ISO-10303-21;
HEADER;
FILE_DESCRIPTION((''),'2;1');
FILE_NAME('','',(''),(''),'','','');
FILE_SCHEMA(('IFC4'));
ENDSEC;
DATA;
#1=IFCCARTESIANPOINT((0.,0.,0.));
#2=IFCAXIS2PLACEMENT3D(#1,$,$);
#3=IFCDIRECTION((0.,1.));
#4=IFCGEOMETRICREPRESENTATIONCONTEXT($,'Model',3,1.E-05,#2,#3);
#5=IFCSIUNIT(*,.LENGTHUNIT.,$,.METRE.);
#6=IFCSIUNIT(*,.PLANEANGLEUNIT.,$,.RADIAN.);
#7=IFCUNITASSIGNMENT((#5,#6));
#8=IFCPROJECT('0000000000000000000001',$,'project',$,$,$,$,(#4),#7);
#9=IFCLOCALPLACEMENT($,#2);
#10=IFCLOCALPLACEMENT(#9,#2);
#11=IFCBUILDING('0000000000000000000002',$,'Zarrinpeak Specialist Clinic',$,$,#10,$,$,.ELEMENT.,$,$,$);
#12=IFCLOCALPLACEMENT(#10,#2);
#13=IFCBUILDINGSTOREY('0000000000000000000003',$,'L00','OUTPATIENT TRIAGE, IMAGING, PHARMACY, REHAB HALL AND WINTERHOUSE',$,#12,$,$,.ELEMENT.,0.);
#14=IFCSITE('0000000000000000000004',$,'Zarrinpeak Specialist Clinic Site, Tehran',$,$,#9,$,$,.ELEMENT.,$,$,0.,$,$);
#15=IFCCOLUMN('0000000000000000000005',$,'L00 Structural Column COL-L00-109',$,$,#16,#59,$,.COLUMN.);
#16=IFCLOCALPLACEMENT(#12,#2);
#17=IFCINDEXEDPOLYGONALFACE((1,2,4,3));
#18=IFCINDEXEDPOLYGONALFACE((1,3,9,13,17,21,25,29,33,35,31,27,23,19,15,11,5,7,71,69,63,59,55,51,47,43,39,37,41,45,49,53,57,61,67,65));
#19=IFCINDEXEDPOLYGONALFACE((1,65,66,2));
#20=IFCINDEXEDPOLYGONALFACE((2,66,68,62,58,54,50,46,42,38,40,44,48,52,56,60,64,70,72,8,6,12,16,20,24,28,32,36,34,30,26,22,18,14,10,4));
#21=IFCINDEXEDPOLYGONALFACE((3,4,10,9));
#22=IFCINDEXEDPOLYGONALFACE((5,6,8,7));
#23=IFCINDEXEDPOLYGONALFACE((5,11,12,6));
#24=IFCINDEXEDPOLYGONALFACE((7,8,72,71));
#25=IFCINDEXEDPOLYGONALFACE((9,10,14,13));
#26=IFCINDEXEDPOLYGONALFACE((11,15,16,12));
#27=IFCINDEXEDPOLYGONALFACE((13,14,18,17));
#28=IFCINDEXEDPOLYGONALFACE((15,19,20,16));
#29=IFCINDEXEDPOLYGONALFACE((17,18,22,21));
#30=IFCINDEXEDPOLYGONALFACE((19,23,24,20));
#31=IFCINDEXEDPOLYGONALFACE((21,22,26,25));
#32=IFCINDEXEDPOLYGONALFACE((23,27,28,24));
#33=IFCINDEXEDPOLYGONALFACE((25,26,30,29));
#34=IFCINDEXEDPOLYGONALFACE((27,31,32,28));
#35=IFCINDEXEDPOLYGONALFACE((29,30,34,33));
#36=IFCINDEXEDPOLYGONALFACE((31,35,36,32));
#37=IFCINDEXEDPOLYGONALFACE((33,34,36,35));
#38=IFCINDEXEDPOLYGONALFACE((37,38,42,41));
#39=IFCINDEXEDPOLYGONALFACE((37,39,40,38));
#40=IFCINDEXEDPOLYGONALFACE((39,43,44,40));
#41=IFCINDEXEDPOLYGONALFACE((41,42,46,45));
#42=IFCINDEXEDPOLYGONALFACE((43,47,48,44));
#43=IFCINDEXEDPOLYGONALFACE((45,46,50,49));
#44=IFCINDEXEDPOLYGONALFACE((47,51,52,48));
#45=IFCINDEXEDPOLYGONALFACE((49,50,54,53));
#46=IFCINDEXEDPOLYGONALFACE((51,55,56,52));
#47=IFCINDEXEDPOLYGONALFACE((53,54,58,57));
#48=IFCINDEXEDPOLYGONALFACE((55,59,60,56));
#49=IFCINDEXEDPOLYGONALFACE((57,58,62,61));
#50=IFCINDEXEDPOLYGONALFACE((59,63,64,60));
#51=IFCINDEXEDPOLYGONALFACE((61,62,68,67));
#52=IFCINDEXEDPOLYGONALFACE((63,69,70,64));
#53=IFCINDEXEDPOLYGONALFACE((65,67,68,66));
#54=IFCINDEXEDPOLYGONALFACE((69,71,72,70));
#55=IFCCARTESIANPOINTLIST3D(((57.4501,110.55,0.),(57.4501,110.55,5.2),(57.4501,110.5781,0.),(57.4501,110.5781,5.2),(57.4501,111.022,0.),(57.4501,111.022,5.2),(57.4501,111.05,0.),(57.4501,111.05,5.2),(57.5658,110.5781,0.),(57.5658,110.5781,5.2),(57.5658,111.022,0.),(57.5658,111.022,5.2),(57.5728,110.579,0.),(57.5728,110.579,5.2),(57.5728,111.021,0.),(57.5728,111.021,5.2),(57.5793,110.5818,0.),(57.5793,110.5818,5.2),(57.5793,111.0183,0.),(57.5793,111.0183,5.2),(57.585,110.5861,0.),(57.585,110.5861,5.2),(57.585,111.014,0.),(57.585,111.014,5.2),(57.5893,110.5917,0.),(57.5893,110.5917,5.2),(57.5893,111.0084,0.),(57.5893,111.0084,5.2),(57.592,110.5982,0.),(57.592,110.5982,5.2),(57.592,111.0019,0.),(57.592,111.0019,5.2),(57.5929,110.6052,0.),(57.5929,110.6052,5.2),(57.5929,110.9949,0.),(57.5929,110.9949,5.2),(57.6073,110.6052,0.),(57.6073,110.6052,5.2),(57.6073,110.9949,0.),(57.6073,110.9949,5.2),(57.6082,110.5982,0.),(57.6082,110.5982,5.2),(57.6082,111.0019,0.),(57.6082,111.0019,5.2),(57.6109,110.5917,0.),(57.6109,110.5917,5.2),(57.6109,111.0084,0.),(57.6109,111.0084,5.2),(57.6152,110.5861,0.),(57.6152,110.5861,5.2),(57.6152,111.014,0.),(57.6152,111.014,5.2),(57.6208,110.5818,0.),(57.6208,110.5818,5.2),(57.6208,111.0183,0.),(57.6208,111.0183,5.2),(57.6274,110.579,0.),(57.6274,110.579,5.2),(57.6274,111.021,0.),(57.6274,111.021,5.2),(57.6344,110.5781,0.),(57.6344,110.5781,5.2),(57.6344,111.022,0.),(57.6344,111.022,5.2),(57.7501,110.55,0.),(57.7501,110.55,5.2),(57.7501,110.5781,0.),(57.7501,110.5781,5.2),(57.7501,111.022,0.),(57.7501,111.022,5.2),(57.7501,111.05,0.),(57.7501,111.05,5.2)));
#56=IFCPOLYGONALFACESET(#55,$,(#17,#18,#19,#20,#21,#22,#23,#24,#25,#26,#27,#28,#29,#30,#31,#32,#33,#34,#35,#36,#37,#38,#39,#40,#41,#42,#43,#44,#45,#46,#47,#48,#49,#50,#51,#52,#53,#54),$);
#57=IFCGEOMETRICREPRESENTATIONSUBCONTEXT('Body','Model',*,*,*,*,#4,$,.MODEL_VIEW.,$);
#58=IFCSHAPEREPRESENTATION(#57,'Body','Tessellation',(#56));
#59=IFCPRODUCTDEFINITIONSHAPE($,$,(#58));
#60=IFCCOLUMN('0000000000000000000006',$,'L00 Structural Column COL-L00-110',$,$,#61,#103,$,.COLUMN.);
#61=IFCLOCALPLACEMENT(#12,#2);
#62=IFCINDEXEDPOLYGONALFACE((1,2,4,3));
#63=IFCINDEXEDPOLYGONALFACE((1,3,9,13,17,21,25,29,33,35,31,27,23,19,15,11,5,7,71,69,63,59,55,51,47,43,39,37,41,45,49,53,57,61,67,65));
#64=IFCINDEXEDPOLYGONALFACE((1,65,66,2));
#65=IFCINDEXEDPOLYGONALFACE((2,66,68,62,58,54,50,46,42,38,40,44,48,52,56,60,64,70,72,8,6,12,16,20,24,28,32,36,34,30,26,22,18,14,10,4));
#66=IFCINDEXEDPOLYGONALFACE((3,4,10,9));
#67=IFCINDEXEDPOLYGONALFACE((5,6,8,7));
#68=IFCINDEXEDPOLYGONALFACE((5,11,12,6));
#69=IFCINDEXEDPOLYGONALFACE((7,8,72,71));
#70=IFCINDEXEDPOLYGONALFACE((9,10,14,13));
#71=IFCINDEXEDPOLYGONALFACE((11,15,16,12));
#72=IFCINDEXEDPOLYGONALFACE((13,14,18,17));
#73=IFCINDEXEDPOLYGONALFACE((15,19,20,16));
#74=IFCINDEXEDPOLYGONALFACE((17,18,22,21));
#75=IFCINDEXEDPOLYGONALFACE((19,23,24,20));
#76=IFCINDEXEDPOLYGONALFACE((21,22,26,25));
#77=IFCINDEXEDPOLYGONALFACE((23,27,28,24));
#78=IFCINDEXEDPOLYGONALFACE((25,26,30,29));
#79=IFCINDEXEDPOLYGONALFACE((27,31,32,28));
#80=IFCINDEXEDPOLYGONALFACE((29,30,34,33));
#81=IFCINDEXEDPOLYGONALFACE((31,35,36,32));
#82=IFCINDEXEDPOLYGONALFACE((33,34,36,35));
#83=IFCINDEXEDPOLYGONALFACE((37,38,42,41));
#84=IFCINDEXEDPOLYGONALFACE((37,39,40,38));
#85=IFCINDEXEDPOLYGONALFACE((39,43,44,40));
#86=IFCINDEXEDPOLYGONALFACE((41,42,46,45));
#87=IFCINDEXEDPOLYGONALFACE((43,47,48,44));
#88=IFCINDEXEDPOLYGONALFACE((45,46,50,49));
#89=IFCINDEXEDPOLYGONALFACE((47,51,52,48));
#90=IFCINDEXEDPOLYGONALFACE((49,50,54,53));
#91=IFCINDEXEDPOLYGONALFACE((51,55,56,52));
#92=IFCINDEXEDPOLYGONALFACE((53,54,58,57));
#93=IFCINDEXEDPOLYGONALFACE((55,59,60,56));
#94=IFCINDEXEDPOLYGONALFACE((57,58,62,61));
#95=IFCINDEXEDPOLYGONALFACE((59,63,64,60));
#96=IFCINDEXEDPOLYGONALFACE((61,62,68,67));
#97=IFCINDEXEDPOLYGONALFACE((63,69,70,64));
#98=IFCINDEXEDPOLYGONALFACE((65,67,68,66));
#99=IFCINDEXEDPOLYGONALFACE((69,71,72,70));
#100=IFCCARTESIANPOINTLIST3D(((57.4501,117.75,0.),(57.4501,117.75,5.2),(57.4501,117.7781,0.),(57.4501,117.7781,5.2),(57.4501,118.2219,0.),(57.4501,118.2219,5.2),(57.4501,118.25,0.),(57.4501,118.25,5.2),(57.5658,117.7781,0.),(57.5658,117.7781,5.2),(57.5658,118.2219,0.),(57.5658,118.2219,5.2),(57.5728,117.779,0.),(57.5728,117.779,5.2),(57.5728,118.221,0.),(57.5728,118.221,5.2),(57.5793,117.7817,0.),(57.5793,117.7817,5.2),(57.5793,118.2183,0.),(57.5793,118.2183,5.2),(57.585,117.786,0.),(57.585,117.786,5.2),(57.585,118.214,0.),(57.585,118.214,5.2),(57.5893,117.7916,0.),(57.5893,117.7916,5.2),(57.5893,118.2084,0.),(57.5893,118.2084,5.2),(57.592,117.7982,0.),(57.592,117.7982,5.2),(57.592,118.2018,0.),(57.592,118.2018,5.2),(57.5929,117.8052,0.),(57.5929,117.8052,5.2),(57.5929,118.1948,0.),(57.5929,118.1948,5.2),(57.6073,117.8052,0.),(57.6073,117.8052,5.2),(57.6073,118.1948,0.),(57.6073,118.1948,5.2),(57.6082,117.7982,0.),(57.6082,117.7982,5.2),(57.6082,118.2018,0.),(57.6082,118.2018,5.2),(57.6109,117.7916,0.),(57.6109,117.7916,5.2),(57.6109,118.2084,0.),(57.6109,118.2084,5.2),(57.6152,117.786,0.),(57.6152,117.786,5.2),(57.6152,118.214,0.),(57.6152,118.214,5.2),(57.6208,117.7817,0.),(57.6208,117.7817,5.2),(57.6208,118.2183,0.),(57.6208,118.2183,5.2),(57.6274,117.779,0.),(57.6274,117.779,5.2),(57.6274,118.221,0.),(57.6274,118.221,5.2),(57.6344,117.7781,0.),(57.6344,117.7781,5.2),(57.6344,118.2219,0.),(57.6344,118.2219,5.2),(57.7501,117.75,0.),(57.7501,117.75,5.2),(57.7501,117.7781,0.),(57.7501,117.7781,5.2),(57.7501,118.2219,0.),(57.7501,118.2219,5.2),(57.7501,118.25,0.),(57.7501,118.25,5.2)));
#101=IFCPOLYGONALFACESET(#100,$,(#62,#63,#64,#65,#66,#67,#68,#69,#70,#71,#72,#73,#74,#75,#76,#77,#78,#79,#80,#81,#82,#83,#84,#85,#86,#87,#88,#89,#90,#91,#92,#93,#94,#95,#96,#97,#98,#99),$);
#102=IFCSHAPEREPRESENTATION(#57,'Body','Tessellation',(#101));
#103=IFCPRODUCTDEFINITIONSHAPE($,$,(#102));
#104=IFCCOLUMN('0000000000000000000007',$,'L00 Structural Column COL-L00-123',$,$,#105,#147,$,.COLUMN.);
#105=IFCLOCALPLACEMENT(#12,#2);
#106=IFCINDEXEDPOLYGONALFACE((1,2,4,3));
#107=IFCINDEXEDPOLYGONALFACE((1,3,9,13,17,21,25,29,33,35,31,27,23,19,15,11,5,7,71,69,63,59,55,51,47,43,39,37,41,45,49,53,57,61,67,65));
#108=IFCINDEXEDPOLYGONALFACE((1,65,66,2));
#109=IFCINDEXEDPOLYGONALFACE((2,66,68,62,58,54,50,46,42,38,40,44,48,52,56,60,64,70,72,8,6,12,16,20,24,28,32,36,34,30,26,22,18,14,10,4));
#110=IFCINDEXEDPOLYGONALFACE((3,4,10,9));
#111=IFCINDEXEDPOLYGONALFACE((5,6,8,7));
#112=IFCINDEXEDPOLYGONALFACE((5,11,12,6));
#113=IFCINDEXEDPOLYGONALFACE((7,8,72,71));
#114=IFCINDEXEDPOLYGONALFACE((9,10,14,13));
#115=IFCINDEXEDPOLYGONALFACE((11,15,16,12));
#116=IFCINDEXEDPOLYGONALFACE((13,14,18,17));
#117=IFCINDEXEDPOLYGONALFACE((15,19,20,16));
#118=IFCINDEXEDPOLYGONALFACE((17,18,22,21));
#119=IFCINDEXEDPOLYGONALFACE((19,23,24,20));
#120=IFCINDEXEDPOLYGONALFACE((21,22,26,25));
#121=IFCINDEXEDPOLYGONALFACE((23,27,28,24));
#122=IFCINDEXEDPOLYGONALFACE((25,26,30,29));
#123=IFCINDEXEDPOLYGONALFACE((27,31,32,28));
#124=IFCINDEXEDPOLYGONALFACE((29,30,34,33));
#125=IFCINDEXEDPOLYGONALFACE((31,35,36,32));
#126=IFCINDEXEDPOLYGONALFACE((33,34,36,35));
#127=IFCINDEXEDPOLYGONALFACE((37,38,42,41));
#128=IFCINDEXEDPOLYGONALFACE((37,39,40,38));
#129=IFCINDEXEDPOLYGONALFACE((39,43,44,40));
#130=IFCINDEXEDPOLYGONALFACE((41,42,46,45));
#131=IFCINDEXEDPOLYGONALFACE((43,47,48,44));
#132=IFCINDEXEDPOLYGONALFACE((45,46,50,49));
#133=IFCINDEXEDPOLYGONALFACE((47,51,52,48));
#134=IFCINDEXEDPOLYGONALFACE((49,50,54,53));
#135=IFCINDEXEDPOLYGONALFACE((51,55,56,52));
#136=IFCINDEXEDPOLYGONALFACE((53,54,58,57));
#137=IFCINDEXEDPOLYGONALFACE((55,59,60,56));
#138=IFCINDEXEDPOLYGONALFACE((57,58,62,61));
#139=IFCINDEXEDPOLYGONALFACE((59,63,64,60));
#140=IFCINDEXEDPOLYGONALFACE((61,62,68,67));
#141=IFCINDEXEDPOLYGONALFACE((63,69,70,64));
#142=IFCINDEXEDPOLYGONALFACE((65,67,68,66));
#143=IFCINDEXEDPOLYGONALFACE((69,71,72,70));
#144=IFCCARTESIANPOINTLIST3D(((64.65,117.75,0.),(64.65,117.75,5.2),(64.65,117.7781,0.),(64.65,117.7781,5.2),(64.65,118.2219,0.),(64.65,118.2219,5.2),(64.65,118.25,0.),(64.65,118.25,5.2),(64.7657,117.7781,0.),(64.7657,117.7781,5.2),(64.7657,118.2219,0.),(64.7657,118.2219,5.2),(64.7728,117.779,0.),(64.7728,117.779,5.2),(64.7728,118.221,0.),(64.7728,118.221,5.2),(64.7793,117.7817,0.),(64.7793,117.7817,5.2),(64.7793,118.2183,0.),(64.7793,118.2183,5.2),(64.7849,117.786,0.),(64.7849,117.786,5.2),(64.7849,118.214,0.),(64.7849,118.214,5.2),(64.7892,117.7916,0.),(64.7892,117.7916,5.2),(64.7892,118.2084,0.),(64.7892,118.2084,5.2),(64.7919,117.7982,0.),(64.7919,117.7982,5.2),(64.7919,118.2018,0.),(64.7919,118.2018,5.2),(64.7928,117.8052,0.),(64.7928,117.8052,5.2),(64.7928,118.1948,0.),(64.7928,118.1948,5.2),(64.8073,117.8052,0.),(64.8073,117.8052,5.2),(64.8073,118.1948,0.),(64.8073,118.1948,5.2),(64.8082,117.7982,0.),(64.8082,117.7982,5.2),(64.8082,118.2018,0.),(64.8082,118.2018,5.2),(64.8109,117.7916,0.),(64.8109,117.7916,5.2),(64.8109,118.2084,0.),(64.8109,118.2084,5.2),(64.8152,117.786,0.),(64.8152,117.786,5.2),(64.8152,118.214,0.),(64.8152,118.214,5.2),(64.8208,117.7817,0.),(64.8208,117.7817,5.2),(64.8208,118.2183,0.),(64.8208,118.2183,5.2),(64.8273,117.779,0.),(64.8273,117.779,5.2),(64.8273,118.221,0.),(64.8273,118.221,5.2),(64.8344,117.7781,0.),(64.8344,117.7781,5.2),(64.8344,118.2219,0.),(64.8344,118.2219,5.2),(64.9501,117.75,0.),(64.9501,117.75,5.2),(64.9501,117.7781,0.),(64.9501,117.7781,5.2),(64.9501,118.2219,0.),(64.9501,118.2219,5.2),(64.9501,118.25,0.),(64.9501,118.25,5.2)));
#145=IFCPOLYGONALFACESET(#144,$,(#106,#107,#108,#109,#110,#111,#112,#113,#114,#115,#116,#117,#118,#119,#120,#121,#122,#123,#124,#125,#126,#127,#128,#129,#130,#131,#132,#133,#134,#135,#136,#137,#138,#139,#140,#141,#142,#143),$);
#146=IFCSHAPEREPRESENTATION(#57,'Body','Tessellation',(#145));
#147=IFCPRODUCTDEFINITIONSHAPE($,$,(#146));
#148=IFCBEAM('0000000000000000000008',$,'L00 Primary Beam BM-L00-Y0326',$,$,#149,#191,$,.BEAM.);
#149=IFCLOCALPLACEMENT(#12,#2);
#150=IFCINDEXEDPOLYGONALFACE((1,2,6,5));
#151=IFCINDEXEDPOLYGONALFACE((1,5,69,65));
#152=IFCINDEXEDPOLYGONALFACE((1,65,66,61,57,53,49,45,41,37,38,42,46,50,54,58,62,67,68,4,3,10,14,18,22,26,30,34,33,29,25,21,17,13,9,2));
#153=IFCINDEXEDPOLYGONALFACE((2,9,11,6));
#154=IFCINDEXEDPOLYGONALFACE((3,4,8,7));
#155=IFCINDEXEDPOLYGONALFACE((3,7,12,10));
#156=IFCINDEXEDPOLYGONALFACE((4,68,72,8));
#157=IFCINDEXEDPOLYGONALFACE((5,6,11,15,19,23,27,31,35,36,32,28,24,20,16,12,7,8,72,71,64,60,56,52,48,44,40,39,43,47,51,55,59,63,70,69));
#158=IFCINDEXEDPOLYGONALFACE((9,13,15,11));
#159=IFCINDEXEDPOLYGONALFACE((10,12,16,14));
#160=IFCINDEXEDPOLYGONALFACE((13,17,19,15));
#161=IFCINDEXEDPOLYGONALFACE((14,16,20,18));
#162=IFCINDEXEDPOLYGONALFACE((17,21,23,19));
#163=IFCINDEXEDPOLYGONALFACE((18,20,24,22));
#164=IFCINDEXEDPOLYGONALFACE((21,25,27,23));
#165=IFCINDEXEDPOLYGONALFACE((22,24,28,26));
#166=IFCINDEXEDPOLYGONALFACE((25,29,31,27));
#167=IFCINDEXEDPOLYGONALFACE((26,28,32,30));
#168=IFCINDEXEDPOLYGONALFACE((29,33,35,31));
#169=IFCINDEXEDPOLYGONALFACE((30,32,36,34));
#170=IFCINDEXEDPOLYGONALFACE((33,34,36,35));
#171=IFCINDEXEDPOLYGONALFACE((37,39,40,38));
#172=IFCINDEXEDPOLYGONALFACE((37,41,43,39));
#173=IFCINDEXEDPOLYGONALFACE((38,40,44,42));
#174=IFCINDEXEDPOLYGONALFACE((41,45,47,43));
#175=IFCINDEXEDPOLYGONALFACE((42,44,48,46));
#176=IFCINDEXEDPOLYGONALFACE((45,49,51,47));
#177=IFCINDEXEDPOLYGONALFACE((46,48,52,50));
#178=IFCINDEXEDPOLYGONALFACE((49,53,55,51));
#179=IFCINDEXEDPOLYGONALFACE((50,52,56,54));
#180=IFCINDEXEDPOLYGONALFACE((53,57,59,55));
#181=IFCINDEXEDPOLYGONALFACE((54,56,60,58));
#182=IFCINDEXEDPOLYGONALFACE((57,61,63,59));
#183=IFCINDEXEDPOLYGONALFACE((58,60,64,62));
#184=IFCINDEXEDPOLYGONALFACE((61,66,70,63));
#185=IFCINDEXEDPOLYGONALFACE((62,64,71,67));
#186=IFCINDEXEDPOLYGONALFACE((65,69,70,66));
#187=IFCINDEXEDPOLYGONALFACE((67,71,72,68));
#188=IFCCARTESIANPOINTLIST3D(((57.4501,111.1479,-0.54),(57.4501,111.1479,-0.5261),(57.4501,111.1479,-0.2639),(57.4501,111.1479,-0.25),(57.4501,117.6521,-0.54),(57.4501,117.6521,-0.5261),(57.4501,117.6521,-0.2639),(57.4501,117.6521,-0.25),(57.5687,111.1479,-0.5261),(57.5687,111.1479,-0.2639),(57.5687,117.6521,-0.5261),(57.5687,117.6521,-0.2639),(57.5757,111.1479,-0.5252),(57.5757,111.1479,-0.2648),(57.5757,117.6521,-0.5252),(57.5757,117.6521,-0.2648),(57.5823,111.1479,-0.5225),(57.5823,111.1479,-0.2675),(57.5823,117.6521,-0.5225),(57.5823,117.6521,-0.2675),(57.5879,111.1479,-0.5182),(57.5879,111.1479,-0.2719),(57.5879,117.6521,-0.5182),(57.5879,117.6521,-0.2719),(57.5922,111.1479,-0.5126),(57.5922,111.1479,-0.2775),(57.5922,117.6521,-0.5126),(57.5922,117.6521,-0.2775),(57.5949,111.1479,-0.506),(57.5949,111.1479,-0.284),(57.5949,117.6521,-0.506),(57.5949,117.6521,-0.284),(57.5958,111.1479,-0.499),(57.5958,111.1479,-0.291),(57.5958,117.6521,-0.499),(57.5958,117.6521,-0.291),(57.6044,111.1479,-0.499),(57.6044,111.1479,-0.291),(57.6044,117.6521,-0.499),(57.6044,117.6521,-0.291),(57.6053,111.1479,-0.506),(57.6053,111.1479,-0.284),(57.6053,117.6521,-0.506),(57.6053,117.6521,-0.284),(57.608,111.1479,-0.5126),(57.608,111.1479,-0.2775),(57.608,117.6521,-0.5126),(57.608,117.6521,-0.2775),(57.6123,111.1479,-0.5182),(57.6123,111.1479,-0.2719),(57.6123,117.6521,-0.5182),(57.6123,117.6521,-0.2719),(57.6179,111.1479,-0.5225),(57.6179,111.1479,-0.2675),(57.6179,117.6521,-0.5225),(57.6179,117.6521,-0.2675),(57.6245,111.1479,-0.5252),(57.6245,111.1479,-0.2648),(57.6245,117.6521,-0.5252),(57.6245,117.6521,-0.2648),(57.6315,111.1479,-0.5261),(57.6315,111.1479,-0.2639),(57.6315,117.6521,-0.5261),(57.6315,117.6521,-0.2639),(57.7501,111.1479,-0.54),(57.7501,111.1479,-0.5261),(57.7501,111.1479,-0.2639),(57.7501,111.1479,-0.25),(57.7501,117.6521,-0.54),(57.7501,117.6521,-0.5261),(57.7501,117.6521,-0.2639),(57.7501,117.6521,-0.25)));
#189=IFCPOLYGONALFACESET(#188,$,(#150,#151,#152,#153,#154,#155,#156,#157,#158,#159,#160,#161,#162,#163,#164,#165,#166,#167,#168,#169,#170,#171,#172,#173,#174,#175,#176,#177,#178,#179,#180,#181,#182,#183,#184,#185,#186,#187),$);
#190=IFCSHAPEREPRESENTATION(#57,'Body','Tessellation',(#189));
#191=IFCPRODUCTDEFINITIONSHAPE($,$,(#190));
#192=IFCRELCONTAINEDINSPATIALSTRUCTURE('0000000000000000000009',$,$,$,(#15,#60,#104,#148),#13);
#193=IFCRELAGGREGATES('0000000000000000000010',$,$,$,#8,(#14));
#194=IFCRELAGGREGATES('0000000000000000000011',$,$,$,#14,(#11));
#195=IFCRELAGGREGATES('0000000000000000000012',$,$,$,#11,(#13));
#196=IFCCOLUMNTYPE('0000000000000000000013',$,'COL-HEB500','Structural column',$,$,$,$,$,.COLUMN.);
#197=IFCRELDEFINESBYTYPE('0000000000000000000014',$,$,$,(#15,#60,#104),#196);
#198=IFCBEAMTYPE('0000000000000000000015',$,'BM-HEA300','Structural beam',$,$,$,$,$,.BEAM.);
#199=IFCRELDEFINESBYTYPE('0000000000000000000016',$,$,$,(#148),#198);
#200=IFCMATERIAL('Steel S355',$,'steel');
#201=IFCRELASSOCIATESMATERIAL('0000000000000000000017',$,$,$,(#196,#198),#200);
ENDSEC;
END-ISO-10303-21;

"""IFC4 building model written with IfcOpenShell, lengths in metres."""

from ifc_helpers import new_model, si_unit, direction, frame, origin, origin_2d, place, context, subcontext, project, spatial, i_section, extrude, material, material_profile, profile_set, type_object, element, save


model = new_model("IFC4")

# Units and contexts
model_context = context("Model", 3, precision=1e-05, world=origin(), true_north=direction((0.0, 1.0)))
body_context = subcontext(model_context, "Body", "Model", "MODEL_VIEW")
ifc_project = project(units=[si_unit("LENGTHUNIT", "METRE"), si_unit("PLANEANGLEUNIT", "RADIAN")], contexts=[model_context])

# Site, building, storey
site_placement = place(None, origin())
site = spatial("IfcSite", under=ifc_project, at=site_placement, Name="Zarrinpeak Specialist Clinic Site, Tehran", CompositionType="ELEMENT", RefElevation=0.0)
building_placement = place(site_placement, origin())
building = spatial("IfcBuilding", under=site, at=building_placement, Name="Zarrinpeak Specialist Clinic", CompositionType="ELEMENT")
storey_placement = place(building_placement, origin())
storey = spatial("IfcBuildingStorey", under=building, at=storey_placement, Name="L00", Description="OUTPATIENT TRIAGE, IMAGING, PHARMACY, REHAB HALL AND WINTERHOUSE", CompositionType="ELEMENT", Elevation=0.0)

# Columns
ifc_material_1 = material(Name="Steel S355", Category="steel")
ifc_material_profile_1 = material_profile(ifc_material_1, i_section(OverallWidth=0.3, OverallDepth=0.5, WebThickness=0.0144, FlangeThickness=0.0281, FilletRadius=0.0271, at=origin_2d()), Name="HEB 500")
ifc_profile_set_1 = profile_set([ifc_material_profile_1], Name="Steel S355")
column_type = type_object("IfcColumnType", Name="COL-HEB500", Description="Structural column", PredefinedType="COLUMN", material=ifc_profile_set_1)
for number, where, z_axis, x_axis, name in (
    (1, (57.6001, 110.8, 0.0), (0.0, 0.0, 1.0), (1.0, 0.0, 0.0), "L00 Structural Column COL-L00-109"),
    (2, (57.6001, 118.0, 0.0), (0.0, 0.0, 1.0), (1.0, 0.0, 0.0), "L00 Structural Column COL-L00-110"),
    (3, (64.8, 118.0, 0.0), (0.0, 0.0, 1.0), (1.0, 0.0, 0.0), "L00 Structural Column COL-L00-123"),
):
    element("IfcColumn", number, at=place(storey_placement, frame(where, z_axis=z_axis, x_axis=x_axis)), inside=storey, type_object=column_type, Name=name, PredefinedType="COLUMN", context=body_context, shape_type="SweptSolid", body=[
        extrude(i_section(OverallWidth=0.3, OverallDepth=0.5, WebThickness=0.0144, FlangeThickness=0.0281, FilletRadius=0.0271, at=origin_2d()), origin(), (0.0, 0.0, 1.0), 5.2),
    ])

# Beam
ifc_material_profile_2 = material_profile(ifc_material_1, i_section(OverallWidth=0.3, OverallDepth=0.29, WebThickness=0.0085, FlangeThickness=0.0139, FilletRadius=0.0271, at=origin_2d()), Name="HEA 300")
ifc_profile_set_2 = profile_set([ifc_material_profile_2], Name="Steel S355")
beam_type_1 = type_object("IfcBeamType", Name="BM-HEA300", Description="Structural beam", PredefinedType="BEAM", material=ifc_profile_set_2)
beam_1_placement = place(storey_placement, frame((57.6001, 111.1479, -0.395), z_axis=(0.0, 1.0, 0.0), x_axis=(-1.0, 0.0, 0.0)))
element("IfcBeam", 4, at=beam_1_placement, inside=storey, type_object=beam_type_1, Name="L00 Primary Beam BM-L00-Y0326", PredefinedType="BEAM", context=body_context, shape_type="SweptSolid", body=[
    extrude(i_section(OverallWidth=0.3, OverallDepth=0.29, WebThickness=0.0085, FlangeThickness=0.0139, FilletRadius=0.0271, at=origin_2d()), origin(), (0.0, 0.0, 1.0), 6.5042),
])

save(model, "model.ifc")
